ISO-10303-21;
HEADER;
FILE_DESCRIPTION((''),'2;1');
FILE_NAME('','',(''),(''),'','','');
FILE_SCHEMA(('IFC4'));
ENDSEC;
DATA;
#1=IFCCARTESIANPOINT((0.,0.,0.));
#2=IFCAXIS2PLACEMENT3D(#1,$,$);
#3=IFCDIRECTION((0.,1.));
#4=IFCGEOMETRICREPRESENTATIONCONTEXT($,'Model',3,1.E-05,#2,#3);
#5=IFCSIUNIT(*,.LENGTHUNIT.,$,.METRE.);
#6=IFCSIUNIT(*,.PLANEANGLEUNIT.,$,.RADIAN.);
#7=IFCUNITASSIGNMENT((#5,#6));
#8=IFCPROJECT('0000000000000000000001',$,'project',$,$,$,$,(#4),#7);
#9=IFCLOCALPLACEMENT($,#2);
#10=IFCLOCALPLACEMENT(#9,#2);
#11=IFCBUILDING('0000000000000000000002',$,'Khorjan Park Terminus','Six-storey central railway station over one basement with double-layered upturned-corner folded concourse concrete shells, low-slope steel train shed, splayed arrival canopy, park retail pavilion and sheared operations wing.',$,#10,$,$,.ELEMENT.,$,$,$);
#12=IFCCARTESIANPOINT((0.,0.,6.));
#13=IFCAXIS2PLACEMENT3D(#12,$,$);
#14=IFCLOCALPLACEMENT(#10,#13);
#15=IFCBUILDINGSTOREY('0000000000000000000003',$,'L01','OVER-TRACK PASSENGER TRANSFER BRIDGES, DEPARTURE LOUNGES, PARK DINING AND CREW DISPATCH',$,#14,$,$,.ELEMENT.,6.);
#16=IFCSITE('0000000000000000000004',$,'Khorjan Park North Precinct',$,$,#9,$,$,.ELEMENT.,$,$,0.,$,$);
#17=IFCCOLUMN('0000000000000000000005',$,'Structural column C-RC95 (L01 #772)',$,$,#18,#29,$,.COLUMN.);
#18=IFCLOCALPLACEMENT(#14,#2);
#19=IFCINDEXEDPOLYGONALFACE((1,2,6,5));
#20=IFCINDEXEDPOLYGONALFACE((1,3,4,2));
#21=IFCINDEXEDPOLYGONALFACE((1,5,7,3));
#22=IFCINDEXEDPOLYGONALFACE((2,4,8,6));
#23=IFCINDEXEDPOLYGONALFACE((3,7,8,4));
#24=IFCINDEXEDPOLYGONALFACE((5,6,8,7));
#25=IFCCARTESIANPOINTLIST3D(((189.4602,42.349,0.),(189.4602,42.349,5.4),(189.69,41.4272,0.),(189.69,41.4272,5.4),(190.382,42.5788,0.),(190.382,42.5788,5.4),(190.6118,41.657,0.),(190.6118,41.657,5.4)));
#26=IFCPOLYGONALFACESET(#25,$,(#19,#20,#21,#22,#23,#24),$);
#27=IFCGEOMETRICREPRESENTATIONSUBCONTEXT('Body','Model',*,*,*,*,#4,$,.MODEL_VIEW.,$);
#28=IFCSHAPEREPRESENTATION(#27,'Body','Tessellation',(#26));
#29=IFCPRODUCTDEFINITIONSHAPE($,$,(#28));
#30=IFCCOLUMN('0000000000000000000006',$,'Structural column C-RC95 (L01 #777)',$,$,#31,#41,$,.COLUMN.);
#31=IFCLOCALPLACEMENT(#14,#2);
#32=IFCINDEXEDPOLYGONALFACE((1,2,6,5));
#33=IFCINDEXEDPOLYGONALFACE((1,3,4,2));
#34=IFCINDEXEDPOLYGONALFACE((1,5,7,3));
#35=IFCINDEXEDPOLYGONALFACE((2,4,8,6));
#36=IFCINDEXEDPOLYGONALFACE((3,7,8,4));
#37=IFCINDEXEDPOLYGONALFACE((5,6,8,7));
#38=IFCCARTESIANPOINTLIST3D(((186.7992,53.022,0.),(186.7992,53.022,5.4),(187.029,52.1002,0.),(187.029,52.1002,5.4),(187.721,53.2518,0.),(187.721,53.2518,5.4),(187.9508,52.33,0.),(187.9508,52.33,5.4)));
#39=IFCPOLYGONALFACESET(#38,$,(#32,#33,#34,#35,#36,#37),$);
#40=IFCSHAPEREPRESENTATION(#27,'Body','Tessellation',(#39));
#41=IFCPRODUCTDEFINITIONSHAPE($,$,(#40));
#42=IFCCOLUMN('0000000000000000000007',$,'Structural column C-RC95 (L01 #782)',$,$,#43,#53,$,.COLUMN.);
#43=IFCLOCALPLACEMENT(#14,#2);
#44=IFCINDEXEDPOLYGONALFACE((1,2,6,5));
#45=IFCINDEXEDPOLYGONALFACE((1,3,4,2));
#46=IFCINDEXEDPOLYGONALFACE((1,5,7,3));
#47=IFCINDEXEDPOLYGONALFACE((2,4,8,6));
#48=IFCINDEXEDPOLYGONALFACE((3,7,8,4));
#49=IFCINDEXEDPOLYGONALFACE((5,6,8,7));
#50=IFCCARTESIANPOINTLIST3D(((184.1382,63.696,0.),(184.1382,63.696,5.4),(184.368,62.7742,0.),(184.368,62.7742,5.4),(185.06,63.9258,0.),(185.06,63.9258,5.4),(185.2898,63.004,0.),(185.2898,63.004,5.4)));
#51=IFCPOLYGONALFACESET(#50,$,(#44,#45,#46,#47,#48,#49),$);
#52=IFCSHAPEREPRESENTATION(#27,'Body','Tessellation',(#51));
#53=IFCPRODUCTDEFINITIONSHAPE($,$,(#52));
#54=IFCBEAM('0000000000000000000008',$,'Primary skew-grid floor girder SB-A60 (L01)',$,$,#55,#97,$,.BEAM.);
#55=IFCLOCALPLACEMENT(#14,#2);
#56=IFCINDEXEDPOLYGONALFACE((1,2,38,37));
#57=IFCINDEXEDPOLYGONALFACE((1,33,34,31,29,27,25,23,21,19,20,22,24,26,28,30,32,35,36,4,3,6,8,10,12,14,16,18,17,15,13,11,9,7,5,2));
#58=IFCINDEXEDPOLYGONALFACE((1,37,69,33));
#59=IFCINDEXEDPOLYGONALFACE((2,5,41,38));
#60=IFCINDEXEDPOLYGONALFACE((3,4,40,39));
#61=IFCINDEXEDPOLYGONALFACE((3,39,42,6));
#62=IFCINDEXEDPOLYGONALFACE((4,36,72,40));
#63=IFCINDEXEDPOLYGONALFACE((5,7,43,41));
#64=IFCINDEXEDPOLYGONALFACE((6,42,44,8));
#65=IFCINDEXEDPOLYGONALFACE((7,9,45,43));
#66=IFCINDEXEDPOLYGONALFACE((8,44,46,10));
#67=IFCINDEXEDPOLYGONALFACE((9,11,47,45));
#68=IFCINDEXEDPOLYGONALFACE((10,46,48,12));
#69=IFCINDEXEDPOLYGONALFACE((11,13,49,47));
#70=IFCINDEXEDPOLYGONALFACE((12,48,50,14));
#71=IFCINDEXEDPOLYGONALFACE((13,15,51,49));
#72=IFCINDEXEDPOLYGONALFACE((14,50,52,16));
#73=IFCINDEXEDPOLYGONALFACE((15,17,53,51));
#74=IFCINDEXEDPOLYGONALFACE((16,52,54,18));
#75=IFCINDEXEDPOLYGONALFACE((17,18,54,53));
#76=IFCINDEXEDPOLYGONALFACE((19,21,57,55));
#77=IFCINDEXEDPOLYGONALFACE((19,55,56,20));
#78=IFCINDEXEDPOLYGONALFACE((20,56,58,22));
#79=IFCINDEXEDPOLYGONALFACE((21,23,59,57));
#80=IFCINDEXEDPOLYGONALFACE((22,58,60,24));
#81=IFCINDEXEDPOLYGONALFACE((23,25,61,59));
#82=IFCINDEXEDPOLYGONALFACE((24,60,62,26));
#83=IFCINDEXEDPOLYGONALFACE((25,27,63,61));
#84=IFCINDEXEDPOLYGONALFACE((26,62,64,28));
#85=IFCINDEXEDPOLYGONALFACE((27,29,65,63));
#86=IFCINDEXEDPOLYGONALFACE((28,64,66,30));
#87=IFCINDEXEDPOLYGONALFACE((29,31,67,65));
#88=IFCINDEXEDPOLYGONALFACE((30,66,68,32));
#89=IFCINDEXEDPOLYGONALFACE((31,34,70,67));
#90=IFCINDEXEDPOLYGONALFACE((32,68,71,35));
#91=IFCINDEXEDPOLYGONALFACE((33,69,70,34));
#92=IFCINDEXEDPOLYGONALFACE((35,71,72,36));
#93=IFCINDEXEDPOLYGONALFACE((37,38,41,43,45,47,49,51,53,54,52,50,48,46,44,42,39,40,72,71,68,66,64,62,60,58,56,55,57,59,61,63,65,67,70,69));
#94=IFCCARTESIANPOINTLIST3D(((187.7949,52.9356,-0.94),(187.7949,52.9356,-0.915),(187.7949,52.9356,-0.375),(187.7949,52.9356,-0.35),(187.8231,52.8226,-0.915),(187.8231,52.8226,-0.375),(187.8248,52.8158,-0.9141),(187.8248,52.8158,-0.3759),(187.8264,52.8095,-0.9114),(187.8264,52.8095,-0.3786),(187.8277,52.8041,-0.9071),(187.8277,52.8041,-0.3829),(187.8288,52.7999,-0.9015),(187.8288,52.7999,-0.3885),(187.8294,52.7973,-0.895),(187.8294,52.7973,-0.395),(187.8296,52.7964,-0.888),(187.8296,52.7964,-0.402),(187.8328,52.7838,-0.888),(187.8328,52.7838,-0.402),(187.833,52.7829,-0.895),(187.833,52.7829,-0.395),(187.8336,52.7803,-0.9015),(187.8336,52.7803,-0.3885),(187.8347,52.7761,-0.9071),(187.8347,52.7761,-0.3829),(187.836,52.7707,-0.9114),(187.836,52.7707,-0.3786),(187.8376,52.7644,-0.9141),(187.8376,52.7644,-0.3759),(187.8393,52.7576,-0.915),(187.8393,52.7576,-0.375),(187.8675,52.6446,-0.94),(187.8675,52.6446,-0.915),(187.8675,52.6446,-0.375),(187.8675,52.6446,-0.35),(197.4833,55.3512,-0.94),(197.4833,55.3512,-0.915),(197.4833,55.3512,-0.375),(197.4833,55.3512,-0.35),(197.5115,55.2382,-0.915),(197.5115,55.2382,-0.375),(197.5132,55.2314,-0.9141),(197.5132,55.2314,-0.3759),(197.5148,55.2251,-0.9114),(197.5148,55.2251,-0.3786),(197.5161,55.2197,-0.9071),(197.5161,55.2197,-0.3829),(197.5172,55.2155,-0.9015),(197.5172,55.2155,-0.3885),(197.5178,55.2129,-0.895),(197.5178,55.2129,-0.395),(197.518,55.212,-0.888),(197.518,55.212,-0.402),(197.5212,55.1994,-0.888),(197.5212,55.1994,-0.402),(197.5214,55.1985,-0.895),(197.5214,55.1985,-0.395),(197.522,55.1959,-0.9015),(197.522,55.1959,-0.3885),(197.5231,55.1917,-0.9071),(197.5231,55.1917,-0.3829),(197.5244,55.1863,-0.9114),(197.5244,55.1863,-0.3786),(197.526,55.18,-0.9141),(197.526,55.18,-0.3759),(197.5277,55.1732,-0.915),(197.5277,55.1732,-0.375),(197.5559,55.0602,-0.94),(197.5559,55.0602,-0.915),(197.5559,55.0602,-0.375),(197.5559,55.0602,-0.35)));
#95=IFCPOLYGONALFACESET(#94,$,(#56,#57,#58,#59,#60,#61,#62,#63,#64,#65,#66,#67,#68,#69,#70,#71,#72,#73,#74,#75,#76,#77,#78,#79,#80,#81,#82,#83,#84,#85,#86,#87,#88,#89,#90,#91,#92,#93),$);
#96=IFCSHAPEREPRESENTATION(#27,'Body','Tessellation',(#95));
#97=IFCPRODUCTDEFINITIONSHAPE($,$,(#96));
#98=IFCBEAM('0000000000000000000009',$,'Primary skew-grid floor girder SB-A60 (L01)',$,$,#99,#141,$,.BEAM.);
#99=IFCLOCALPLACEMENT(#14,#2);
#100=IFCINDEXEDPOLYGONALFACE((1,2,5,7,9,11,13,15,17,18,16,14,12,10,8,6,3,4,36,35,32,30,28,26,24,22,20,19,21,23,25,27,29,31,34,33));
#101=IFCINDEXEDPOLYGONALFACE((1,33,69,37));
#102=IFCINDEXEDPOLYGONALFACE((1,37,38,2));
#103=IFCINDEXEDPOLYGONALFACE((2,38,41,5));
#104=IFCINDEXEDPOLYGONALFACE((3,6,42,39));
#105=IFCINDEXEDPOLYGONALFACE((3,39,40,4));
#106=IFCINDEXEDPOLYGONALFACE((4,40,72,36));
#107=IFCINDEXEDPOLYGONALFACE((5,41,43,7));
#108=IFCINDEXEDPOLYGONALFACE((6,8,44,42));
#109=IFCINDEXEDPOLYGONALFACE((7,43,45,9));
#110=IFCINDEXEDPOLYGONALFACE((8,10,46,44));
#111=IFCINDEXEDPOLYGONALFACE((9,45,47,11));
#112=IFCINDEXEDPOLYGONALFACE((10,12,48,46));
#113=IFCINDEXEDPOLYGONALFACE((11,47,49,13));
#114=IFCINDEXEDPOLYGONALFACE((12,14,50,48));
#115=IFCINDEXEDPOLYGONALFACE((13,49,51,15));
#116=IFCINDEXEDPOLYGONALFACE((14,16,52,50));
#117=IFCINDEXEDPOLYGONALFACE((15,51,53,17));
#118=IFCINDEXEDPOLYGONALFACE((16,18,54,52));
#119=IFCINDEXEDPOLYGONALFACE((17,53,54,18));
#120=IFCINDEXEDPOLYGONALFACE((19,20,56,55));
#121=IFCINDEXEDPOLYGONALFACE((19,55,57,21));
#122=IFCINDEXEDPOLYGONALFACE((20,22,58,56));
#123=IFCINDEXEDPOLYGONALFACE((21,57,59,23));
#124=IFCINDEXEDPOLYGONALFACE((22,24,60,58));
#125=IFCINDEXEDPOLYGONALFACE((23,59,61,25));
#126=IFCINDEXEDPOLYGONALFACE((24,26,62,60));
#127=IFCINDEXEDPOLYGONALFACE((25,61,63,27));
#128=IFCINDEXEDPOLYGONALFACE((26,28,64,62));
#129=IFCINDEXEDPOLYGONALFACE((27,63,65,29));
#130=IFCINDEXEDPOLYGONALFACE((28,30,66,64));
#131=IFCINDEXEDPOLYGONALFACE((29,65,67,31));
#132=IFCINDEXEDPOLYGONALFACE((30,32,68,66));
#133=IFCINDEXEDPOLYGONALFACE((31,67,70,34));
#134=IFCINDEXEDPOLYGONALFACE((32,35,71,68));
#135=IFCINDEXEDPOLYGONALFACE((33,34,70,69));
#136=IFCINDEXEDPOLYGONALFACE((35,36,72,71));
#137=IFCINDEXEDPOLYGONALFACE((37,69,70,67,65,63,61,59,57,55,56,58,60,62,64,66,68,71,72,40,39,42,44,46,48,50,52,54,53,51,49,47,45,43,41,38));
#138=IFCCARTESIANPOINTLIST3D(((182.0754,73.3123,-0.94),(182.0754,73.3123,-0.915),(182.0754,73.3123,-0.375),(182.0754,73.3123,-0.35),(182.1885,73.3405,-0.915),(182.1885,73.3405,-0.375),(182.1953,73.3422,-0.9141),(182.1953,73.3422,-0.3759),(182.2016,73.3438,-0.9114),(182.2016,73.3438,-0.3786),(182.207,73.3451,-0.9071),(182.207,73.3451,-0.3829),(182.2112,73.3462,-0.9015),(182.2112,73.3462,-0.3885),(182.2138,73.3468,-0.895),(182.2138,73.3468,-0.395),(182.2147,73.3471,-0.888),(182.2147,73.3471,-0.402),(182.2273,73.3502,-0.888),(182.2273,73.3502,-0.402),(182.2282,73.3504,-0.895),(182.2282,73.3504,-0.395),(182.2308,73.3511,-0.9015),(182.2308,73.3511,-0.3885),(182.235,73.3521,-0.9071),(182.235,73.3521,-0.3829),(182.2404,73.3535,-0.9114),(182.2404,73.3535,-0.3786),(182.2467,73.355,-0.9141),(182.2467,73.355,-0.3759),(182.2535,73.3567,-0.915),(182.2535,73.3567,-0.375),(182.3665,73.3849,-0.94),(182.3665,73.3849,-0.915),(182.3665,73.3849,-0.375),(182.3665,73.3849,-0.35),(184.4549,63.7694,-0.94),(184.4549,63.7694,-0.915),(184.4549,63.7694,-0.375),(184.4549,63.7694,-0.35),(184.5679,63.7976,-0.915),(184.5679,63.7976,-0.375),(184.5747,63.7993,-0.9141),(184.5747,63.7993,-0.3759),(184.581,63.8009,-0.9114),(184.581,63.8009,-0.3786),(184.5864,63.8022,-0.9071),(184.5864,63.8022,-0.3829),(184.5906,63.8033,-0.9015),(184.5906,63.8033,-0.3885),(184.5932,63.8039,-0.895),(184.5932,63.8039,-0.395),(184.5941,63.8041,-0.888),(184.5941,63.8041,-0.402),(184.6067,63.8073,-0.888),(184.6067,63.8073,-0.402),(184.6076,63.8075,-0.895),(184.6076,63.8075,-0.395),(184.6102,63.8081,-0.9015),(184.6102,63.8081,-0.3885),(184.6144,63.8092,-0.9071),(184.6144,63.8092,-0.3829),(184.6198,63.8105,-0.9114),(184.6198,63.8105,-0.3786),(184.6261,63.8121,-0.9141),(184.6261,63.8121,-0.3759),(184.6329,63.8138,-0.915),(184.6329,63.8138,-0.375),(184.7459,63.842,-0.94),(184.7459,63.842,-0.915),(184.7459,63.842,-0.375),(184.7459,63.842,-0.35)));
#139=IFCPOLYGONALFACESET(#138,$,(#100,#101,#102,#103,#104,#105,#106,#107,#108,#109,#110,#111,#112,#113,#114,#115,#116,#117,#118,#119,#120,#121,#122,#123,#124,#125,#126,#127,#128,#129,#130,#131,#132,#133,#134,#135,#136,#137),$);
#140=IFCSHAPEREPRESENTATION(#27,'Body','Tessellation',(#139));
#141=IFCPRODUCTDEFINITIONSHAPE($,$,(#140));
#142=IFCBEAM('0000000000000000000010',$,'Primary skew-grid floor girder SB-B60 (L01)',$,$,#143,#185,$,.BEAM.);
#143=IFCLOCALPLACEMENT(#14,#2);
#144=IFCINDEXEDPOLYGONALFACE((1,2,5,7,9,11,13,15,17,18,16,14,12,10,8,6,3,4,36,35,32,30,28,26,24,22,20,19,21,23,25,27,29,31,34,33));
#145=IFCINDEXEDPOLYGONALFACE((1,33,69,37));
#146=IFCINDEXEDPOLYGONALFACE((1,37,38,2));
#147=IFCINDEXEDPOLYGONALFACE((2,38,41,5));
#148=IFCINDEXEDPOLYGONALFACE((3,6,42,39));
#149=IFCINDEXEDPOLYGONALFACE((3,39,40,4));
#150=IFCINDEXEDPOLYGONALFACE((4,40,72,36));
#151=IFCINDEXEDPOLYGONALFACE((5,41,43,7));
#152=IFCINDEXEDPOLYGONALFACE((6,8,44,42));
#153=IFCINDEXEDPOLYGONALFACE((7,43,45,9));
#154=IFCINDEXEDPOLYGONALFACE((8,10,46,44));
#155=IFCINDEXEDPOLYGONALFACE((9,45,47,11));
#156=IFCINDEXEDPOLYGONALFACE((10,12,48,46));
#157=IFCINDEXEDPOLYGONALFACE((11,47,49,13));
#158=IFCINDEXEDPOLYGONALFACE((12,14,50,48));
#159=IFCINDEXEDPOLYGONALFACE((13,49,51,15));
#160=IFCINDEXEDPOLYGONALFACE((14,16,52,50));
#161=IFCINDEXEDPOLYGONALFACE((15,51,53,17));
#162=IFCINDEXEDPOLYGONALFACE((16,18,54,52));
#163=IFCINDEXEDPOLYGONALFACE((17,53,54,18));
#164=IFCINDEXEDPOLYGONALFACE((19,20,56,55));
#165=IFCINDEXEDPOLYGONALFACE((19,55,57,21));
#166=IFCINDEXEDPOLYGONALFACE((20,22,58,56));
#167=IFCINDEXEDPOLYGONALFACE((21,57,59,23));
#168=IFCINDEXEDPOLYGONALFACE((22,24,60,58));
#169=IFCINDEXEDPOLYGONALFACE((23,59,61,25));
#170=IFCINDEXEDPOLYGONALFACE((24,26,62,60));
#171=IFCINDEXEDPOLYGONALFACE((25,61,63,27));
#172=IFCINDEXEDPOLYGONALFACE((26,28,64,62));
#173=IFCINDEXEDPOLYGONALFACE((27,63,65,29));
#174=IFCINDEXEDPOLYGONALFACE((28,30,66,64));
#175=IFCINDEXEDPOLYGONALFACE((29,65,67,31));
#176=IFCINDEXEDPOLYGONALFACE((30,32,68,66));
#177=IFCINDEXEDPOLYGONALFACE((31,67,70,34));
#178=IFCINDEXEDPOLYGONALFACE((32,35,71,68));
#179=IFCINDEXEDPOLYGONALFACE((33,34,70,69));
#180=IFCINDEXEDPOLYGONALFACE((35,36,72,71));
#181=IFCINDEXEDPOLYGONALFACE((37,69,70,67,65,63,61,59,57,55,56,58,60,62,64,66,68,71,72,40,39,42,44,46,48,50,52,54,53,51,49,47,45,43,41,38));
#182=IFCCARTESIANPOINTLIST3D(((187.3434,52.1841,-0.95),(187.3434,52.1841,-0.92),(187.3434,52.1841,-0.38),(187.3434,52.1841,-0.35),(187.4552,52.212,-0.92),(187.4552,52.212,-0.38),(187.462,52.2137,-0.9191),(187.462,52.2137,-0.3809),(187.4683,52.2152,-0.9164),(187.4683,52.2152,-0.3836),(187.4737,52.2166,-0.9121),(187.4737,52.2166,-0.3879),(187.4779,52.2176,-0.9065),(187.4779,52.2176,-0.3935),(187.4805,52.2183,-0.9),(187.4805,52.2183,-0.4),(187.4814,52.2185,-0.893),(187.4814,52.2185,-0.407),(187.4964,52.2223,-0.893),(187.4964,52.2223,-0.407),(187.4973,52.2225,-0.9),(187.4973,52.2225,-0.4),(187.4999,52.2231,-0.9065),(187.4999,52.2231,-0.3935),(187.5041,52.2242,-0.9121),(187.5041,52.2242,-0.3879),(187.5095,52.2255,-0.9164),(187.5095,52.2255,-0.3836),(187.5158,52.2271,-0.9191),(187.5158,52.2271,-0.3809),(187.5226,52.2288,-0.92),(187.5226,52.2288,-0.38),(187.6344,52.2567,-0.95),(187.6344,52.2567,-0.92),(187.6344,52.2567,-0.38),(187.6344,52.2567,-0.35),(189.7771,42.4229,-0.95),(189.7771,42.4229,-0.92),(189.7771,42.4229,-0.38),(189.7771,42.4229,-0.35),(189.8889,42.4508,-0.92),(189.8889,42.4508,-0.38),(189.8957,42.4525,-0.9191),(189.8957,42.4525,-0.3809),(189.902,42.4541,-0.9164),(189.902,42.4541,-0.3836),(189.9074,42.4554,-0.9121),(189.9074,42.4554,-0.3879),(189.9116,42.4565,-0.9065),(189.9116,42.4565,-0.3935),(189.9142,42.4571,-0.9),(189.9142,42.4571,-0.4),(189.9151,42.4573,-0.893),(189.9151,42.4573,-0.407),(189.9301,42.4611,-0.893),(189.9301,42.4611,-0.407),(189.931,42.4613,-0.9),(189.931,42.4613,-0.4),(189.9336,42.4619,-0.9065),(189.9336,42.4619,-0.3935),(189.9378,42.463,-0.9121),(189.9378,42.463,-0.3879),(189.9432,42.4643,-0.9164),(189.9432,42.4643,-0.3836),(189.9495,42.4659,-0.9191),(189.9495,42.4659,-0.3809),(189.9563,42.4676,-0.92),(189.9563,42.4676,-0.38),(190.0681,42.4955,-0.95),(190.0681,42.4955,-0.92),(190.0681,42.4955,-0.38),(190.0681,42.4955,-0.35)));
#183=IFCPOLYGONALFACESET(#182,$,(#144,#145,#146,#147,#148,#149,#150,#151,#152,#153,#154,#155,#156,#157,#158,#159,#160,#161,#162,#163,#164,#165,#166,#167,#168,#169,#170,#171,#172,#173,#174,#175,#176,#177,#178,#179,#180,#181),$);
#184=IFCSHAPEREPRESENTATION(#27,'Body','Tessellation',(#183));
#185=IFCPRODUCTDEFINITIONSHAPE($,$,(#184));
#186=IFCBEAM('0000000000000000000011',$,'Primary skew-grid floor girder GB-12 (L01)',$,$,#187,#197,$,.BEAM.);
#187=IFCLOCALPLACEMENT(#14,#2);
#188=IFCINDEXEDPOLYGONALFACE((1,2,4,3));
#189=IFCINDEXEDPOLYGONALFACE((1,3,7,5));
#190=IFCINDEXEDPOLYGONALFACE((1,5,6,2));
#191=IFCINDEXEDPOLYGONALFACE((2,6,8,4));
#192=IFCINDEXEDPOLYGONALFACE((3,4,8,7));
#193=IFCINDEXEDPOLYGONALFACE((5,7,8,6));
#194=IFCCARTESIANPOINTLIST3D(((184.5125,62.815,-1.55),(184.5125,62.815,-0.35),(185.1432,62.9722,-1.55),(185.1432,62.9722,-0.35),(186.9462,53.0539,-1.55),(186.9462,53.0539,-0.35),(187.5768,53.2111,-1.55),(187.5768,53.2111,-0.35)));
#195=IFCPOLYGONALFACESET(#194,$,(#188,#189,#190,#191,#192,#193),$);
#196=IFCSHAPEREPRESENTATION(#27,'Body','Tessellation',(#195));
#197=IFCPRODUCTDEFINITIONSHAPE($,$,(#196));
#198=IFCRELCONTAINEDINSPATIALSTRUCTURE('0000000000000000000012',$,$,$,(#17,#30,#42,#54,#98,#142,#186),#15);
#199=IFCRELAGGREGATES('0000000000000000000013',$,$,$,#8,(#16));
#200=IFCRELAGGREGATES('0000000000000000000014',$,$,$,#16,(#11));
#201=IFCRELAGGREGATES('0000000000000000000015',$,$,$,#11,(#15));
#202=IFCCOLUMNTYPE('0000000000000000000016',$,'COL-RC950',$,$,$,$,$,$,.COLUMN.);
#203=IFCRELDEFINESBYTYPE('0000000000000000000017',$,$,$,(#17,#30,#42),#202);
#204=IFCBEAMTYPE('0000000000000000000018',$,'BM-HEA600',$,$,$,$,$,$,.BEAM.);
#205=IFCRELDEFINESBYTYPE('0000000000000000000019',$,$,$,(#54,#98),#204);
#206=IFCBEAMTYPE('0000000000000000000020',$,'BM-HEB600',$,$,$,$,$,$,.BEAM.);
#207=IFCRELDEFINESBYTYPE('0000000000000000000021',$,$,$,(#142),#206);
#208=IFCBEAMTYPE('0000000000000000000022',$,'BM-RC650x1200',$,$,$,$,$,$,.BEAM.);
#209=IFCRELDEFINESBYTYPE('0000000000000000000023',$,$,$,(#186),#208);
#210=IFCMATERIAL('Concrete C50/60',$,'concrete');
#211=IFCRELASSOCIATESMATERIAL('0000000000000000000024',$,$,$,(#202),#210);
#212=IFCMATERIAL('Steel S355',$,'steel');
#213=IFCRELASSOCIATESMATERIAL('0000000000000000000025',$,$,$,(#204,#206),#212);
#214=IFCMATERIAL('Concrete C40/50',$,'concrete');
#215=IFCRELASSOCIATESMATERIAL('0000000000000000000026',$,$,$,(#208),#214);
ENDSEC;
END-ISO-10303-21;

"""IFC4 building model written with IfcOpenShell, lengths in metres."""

from ifc_helpers import new_model, si_unit, direction, frame, origin, origin_2d, place, context, subcontext, project, spatial, rectangle, i_section, extrude, material, material_profile, profile_set, type_object, element, save


model = new_model("IFC4")

# Units and contexts
model_context = context("Model", 3, precision=1e-05, world=origin(), true_north=direction((0.0, 1.0)))
body_context = subcontext(model_context, "Body", "Model", "MODEL_VIEW")
ifc_project = project(units=[si_unit("LENGTHUNIT", "METRE"), si_unit("PLANEANGLEUNIT", "RADIAN")], contexts=[model_context])

# Site, building, storey
site_placement = place(None, origin())
site = spatial("IfcSite", under=ifc_project, at=site_placement, Name="Khorjan Park North Precinct", CompositionType="ELEMENT", RefElevation=0.0)
building_placement = place(site_placement, origin())
building = spatial("IfcBuilding", under=site, at=building_placement, Name="Khorjan Park Terminus", Description="Six-storey central railway station over one basement with double-layered upturned-corner folded concourse concrete shells, low-slope steel train shed, splayed arrival canopy, park retail pavilion and sheared operations wing.", CompositionType="ELEMENT")
storey_placement = place(building_placement, frame((0.0, 0.0, 6.0)))
storey = spatial("IfcBuildingStorey", under=building, at=storey_placement, Name="L01", Description="OVER-TRACK PASSENGER TRANSFER BRIDGES, DEPARTURE LOUNGES, PARK DINING AND CREW DISPATCH", CompositionType="ELEMENT", Elevation=6.0)

# Columns
ifc_material_1 = material(Name="Concrete C50/60", Category="concrete")
ifc_material_profile_1 = material_profile(ifc_material_1, rectangle(XDim=0.95, YDim=0.95, at=origin_2d()), Name="RC 950x950")
ifc_profile_set_1 = profile_set([ifc_material_profile_1], Name="Concrete C50/60")
column_type = type_object("IfcColumnType", Name="COL-RC950", PredefinedType="COLUMN", material=ifc_profile_set_1)
for number, where, z_axis, x_axis, name in (
    (1, (190.036, 42.003, 0.0), (0.0, 0.0, 1.0), (0.970296, 0.241922, 0.0), "Structural column C-RC95 (L01 #772)"),
    (2, (187.375, 52.676, 0.0), (0.0, 0.0, 1.0), (0.970296, 0.241922, 0.0), "Structural column C-RC95 (L01 #777)"),
    (3, (184.714, 63.35, 0.0), (0.0, 0.0, 1.0), (0.970296, 0.241922, 0.0), "Structural column C-RC95 (L01 #782)"),
):
    element("IfcColumn", number, at=place(storey_placement, frame(where, z_axis=z_axis, x_axis=x_axis)), inside=storey, type_object=column_type, Name=name, PredefinedType="COLUMN", context=body_context, shape_type="SweptSolid", body=[
        extrude(rectangle(XDim=0.95, YDim=0.95, at=origin_2d()), origin(), (0.0, 0.0, 1.0), 5.4),
    ])

# Beams
ifc_material_2 = material(Name="Steel S355", Category="steel")
ifc_material_profile_2 = material_profile(ifc_material_2, i_section(OverallWidth=0.3, OverallDepth=0.59, WebThickness=0.013, FlangeThickness=0.025, FilletRadius=0.027, at=origin_2d()), Name="HEA 600")
ifc_profile_set_2 = profile_set([ifc_material_profile_2], Name="Steel S355")
beam_type_1 = type_object("IfcBeamType", Name="BM-HEA600", PredefinedType="BEAM", material=ifc_profile_set_2)
beam_1_placement = place(storey_placement, frame((187.8312, 52.7901, -0.645), z_axis=(0.970295, 0.241923, 0.0), x_axis=(-0.241923, 0.970295, 0.0)))
element("IfcBeam", 4, at=beam_1_placement, inside=storey, type_object=beam_type_1, Name="Primary skew-grid floor girder SB-A60 (L01)", PredefinedType="BEAM", context=body_context, shape_type="SweptSolid", body=[
    extrude(i_section(OverallWidth=0.3, OverallDepth=0.59, WebThickness=0.013, FlangeThickness=0.025, FilletRadius=0.027, at=origin_2d()), origin(), (0.0, 0.0, 1.0), 9.985),
])
beam_2_placement = place(storey_placement, frame((184.6004, 63.8057, -0.645), z_axis=(-0.24193, 0.970294, 0.0), x_axis=(-0.970294, -0.24193, 0.0)))
element("IfcBeam", 5, at=beam_2_placement, inside=storey, type_object=beam_type_1, Name="Primary skew-grid floor girder SB-A60 (L01)", PredefinedType="BEAM", context=body_context, shape_type="SweptSolid", body=[
    extrude(i_section(OverallWidth=0.3, OverallDepth=0.59, WebThickness=0.013, FlangeThickness=0.025, FilletRadius=0.027, at=origin_2d()), origin(), (0.0, 0.0, 1.0), 9.8351),
])
ifc_material_profile_3 = material_profile(ifc_material_2, i_section(OverallWidth=0.3, OverallDepth=0.6, WebThickness=0.0155, FlangeThickness=0.03, FilletRadius=0.027, at=origin_2d()), Name="HEB 600")
ifc_profile_set_3 = profile_set([ifc_material_profile_3], Name="Steel S355")
beam_type_2 = type_object("IfcBeamType", Name="BM-HEB600", PredefinedType="BEAM", material=ifc_profile_set_3)
beam_3_placement = place(storey_placement, frame((189.9226, 42.4592, -0.65), z_axis=(-0.241918, 0.970297, 0.0), x_axis=(-0.970297, -0.241918, 0.0)))
element("IfcBeam", 6, at=beam_3_placement, inside=storey, type_object=beam_type_2, Name="Primary skew-grid floor girder SB-B60 (L01)", PredefinedType="BEAM", context=body_context, shape_type="SweptSolid", body=[
    extrude(i_section(OverallWidth=0.3, OverallDepth=0.6, WebThickness=0.0155, FlangeThickness=0.03, FilletRadius=0.027, at=origin_2d()), origin(), (0.0, 0.0, 1.0), 10.06),
])
ifc_material_3 = material(Name="Concrete C40/50", Category="concrete")
ifc_material_profile_4 = material_profile(ifc_material_3, rectangle(XDim=0.65, YDim=1.2, at=origin_2d()), Name="RC 650x1200")
ifc_profile_set_4 = profile_set([ifc_material_profile_4], Name="Concrete C40/50")
beam_type_3 = type_object("IfcBeamType", Name="BM-RC650x1200", PredefinedType="BEAM", material=ifc_profile_set_4)
beam_4_placement = place(storey_placement, frame((187.2615, 53.1325, -0.95), z_axis=(-0.24192, 0.970296, 0.0), x_axis=(-0.970296, -0.24192, 0.0)))
element("IfcBeam", 7, at=beam_4_placement, inside=storey, type_object=beam_type_3, Name="Primary skew-grid floor girder GB-12 (L01)", PredefinedType="BEAM", context=body_context, shape_type="SweptSolid", body=[
    extrude(rectangle(XDim=0.65, YDim=1.2, at=origin_2d()), origin(), (0.0, 0.0, 1.0), 10.0599),
])

save(model, "model.ifc")
